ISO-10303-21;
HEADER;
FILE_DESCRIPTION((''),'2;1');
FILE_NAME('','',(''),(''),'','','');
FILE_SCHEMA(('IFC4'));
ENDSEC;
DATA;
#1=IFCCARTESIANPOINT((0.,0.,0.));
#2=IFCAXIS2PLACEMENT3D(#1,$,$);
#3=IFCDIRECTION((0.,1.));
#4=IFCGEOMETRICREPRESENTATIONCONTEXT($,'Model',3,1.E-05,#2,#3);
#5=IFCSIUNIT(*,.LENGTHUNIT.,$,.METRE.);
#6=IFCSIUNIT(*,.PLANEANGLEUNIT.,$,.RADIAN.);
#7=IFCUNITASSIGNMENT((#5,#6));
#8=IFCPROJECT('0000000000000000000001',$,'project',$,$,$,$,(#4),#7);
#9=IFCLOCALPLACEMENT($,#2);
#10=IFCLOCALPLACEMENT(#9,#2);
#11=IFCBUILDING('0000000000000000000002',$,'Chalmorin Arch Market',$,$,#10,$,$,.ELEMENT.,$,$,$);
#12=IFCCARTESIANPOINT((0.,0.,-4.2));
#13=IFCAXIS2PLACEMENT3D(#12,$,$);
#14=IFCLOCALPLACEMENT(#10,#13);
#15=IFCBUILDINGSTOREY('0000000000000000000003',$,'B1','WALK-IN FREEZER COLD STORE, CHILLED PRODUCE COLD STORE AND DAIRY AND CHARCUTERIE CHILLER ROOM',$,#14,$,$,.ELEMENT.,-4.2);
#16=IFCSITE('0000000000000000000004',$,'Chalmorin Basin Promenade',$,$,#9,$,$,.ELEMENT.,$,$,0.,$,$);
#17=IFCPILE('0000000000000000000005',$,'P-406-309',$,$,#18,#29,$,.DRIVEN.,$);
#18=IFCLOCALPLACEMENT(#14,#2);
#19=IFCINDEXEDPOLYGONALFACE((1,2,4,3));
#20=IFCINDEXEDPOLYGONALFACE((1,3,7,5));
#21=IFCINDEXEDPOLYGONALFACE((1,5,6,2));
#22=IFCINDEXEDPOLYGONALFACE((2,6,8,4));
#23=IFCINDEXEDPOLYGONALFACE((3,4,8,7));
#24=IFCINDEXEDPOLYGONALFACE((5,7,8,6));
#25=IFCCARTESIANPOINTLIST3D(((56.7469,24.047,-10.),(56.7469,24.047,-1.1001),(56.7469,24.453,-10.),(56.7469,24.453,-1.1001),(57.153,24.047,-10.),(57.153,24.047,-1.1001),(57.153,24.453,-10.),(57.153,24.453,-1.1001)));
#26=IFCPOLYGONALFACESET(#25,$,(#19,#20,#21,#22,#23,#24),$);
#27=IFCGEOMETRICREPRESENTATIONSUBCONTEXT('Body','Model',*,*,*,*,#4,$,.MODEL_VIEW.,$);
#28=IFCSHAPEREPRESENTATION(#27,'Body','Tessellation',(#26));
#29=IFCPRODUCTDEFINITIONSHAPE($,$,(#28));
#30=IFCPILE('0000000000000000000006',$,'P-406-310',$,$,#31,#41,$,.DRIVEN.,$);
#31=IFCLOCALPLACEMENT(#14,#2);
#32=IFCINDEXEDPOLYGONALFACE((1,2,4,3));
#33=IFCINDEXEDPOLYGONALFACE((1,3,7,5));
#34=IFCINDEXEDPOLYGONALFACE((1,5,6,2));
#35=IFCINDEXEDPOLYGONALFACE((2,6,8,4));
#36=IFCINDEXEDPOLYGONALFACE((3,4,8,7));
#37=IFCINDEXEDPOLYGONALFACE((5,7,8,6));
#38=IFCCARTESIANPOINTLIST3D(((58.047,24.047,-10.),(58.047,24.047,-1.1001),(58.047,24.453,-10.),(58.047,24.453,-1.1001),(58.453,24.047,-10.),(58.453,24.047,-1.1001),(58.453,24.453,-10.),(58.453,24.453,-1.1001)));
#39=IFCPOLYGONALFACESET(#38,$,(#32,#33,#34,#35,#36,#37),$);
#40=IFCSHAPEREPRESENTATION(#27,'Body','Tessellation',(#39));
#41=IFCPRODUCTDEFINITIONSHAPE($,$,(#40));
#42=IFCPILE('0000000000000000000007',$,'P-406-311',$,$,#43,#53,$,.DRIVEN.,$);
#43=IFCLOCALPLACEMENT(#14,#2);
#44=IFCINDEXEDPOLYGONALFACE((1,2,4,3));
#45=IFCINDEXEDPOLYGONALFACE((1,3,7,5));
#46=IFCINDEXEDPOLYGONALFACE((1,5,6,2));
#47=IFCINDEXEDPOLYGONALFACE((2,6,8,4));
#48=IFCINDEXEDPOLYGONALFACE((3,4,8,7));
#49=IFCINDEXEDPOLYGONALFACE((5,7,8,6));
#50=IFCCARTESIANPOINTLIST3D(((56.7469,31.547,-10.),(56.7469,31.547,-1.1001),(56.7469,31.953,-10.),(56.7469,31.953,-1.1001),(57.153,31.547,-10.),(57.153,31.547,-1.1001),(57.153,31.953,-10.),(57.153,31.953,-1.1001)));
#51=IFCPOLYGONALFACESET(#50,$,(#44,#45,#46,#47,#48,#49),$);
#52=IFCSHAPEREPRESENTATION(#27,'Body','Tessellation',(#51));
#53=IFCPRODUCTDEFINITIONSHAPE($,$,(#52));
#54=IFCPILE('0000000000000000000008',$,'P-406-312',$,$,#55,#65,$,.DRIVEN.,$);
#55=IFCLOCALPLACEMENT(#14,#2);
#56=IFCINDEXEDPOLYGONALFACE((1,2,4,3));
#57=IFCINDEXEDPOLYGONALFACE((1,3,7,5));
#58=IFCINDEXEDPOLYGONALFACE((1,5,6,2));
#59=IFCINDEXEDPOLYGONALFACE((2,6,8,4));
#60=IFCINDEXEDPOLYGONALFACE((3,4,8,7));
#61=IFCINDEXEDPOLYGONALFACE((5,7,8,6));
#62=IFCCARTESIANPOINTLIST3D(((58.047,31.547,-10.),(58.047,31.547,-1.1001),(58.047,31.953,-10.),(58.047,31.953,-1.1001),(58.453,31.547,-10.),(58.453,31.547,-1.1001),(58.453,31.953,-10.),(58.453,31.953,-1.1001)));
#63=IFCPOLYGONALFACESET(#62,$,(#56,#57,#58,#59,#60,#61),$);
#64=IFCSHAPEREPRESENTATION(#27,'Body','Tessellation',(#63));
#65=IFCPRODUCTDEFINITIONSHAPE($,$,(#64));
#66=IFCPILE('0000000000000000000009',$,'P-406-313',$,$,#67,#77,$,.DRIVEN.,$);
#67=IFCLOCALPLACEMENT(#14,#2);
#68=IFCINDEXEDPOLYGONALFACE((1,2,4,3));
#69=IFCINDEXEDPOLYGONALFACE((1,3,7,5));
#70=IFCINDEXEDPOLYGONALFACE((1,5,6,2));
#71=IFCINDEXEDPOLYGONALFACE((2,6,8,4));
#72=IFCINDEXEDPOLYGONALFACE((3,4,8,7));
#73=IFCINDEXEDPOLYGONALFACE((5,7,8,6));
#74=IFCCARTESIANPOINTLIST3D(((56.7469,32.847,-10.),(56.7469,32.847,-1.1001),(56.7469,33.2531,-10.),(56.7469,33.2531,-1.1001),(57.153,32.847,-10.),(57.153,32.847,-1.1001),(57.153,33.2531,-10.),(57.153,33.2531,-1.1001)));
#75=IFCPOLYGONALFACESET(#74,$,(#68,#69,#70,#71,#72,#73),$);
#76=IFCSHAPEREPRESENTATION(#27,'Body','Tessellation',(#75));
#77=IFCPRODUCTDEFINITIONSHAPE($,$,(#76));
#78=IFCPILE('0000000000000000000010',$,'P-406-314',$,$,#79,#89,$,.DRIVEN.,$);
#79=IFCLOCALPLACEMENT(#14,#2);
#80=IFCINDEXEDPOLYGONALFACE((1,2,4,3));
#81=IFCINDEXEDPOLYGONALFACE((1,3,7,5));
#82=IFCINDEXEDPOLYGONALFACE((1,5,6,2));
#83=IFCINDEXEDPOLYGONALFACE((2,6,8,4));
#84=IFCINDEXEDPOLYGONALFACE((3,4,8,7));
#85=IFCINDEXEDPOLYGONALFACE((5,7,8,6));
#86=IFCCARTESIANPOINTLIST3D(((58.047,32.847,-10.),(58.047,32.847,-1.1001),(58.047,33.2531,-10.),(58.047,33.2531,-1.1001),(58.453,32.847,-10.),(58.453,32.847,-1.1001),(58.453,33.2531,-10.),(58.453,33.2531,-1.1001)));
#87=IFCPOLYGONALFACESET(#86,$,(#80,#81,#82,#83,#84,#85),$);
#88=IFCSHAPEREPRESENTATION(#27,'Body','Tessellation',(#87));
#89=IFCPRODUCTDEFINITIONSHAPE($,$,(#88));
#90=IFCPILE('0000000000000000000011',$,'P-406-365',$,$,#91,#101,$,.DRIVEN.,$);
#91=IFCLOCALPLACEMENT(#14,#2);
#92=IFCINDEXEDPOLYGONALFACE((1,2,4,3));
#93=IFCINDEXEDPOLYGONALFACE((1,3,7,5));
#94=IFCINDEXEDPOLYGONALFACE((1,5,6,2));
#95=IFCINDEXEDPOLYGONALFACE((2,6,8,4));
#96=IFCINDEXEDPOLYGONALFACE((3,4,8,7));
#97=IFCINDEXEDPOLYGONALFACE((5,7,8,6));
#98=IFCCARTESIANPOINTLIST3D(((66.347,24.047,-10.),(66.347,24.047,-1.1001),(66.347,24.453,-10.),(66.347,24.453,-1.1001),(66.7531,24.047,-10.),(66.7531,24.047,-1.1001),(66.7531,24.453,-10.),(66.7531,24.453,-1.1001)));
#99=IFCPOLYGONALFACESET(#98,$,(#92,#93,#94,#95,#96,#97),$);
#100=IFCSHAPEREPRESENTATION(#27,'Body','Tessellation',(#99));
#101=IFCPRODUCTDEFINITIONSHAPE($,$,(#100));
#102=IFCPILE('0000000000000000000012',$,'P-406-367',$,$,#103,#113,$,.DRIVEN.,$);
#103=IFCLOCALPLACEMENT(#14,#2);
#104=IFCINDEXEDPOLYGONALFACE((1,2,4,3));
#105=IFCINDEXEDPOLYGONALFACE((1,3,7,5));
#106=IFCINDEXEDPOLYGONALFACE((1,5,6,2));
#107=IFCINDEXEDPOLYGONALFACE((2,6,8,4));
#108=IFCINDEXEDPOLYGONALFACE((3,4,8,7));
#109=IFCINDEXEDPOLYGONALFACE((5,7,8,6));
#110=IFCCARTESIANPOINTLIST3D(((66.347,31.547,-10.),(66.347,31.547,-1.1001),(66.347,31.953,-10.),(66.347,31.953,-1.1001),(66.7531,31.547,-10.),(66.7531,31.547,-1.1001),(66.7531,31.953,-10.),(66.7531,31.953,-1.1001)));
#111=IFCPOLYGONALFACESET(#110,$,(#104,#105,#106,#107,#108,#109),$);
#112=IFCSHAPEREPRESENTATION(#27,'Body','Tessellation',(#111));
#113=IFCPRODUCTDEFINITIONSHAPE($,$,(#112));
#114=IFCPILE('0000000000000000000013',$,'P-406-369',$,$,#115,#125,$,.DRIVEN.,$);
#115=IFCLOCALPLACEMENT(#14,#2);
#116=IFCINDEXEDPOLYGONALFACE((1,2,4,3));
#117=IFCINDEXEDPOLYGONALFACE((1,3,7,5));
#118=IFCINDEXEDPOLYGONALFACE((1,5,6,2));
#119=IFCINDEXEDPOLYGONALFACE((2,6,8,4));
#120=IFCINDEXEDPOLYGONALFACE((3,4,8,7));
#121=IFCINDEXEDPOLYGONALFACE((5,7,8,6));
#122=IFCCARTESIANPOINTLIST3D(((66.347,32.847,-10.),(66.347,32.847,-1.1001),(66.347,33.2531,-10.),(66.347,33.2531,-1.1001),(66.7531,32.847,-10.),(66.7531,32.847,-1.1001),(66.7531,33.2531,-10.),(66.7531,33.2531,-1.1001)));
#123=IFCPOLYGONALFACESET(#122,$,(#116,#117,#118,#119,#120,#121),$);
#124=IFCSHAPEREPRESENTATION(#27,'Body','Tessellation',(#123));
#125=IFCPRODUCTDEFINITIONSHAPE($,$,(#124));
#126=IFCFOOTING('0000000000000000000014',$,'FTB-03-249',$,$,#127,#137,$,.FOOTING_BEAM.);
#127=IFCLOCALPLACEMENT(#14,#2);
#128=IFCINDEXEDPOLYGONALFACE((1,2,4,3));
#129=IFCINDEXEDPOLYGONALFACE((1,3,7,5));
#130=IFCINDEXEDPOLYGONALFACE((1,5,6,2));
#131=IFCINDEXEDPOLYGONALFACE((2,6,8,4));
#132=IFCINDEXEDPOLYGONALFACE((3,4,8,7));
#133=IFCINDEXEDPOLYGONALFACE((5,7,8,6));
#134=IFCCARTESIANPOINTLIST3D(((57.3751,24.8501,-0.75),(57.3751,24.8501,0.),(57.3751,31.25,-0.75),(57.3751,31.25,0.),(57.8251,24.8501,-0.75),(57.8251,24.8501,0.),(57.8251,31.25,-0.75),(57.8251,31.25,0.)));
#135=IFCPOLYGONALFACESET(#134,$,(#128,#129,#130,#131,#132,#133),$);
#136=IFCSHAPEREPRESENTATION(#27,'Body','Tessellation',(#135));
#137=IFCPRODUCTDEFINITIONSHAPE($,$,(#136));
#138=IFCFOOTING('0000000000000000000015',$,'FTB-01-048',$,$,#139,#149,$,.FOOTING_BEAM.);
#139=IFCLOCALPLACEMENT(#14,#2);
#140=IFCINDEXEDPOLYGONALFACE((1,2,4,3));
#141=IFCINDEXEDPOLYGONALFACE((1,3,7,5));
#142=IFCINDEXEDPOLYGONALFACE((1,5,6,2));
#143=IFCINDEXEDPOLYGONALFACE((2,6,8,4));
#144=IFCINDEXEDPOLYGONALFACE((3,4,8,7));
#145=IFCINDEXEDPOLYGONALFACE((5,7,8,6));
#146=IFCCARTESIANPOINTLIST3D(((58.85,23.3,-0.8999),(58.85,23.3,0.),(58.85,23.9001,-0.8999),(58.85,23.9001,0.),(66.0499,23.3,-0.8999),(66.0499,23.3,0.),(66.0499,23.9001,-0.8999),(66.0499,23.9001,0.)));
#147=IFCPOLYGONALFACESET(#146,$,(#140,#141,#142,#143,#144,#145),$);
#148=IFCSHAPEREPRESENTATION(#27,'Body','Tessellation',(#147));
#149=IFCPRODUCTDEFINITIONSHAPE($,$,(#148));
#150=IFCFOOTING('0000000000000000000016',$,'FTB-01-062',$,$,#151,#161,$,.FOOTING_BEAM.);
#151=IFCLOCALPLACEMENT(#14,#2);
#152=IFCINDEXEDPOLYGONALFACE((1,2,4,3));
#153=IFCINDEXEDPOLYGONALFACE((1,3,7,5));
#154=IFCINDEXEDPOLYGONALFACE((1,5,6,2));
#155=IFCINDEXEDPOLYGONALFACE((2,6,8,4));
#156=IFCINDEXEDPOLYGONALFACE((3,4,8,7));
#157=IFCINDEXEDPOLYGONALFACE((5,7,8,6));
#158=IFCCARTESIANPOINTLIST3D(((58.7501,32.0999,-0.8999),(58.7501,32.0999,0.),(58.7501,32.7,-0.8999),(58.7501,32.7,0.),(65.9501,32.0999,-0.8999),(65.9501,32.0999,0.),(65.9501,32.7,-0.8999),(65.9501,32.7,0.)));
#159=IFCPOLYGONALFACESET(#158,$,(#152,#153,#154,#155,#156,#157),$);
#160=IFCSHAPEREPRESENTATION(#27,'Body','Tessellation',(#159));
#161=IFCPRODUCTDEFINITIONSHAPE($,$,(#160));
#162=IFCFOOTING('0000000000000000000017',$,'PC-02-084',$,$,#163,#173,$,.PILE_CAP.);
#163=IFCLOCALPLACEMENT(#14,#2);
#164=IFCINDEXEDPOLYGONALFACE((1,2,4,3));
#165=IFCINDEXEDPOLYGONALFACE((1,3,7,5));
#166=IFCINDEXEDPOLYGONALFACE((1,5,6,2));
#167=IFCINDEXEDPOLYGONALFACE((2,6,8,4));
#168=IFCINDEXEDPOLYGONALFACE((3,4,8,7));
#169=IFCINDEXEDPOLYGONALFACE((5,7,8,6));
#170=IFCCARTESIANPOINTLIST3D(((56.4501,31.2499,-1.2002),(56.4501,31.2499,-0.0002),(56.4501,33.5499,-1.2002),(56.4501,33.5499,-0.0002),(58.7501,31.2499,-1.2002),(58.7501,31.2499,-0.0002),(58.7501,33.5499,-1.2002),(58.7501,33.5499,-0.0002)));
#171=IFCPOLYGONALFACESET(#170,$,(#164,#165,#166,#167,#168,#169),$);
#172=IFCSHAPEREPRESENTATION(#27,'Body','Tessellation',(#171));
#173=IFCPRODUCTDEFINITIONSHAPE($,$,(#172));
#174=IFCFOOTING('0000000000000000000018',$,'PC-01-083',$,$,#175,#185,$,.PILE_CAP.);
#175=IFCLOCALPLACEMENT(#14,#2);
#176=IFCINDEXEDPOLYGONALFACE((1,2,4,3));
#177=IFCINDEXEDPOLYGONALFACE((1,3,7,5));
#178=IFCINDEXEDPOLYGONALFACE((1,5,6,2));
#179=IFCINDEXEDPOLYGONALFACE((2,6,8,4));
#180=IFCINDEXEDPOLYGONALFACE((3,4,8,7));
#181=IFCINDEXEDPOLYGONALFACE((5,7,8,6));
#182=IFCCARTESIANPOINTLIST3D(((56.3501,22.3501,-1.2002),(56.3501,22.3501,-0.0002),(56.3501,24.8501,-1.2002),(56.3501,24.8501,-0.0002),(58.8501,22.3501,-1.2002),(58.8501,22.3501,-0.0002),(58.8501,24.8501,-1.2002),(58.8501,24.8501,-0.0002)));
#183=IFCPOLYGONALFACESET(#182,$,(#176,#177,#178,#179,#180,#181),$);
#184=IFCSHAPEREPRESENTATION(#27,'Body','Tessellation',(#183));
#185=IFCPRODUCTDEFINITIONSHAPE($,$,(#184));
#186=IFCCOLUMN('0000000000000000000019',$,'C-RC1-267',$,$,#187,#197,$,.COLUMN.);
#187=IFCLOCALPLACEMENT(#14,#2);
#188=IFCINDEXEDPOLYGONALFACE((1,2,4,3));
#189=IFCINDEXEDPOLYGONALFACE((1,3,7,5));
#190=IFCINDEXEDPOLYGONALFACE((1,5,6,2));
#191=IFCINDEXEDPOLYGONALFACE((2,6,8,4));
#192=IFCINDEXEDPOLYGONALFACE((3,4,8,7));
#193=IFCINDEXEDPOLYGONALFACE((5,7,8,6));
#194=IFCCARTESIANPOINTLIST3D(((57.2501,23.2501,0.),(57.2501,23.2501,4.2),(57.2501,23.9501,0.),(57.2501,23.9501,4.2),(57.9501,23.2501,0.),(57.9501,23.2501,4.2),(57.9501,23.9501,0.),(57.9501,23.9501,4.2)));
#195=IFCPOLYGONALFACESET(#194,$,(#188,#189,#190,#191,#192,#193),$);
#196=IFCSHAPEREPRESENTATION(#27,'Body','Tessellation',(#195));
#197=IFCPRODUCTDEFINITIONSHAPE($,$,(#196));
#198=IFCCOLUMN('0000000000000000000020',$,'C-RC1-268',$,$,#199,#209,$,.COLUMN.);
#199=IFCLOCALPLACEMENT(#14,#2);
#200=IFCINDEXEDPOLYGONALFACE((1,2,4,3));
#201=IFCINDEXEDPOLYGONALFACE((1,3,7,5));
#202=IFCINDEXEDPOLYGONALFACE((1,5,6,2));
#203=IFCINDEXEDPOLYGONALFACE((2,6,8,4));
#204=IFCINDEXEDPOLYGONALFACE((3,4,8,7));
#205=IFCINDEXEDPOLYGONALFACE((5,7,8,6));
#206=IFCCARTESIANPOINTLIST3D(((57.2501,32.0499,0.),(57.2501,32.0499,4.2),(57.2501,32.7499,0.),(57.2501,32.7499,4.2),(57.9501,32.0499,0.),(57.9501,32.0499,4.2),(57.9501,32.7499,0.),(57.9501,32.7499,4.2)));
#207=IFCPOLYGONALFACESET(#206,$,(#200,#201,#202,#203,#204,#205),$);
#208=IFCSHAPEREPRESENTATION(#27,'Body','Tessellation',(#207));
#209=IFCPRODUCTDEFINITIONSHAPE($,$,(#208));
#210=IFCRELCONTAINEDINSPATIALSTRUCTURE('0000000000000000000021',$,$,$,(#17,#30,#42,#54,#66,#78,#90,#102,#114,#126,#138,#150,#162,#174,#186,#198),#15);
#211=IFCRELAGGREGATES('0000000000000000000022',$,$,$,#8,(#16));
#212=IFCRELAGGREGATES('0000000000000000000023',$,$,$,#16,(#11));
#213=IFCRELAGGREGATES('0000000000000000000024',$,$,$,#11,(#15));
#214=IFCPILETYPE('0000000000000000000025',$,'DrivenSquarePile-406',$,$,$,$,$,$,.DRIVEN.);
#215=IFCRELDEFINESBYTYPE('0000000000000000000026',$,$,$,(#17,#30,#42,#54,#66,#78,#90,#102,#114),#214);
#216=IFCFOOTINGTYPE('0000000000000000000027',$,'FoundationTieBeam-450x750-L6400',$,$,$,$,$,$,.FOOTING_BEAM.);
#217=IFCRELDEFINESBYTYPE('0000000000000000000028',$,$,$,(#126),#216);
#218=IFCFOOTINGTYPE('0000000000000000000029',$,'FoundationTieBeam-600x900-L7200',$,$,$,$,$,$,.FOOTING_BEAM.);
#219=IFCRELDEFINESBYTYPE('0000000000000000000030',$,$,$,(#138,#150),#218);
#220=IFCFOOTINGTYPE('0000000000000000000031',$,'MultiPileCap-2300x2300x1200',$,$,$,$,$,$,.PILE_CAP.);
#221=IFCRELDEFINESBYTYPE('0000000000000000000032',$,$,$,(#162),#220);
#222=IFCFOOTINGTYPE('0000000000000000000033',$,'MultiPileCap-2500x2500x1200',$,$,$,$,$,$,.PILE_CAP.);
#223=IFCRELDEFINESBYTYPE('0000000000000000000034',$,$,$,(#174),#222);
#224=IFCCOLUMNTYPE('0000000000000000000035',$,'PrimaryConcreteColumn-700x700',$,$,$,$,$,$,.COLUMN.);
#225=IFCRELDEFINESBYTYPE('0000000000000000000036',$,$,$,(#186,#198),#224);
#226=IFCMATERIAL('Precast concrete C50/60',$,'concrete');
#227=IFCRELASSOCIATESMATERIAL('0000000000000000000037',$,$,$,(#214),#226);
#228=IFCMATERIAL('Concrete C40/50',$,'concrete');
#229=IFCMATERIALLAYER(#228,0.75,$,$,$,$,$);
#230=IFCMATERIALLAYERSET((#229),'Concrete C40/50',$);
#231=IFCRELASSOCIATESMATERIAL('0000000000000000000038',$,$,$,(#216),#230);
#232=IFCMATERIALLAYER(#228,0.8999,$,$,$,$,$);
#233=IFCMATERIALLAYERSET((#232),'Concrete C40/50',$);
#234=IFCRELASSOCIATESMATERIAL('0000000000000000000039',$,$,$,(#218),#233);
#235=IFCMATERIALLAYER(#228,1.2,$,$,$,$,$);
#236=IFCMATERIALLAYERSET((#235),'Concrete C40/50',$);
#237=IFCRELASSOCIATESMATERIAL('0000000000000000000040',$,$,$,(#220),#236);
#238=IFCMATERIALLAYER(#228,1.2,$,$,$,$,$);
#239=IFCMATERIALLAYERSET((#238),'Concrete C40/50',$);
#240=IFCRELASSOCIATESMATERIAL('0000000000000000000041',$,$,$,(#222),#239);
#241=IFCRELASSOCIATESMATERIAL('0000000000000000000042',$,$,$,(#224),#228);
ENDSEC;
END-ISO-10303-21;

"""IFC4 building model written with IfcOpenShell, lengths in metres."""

from ifc_helpers import new_model, si_unit, direction, frame, origin, origin_2d, place, context, subcontext, project, spatial, rectangle, extrude, material, layer, layer_set, material_profile, profile_set, type_object, element, save


model = new_model("IFC4")

# Units and contexts
model_context = context("Model", 3, precision=1e-05, world=origin(), true_north=direction((0.0, 1.0)))
body_context = subcontext(model_context, "Body", "Model", "MODEL_VIEW")
ifc_project = project(units=[si_unit("LENGTHUNIT", "METRE"), si_unit("PLANEANGLEUNIT", "RADIAN")], contexts=[model_context])

# Site, building, storey
site_placement = place(None, origin())
site = spatial("IfcSite", under=ifc_project, at=site_placement, Name="Chalmorin Basin Promenade", CompositionType="ELEMENT", RefElevation=0.0)
building_placement = place(site_placement, origin())
building = spatial("IfcBuilding", under=site, at=building_placement, Name="Chalmorin Arch Market", CompositionType="ELEMENT")
storey_placement = place(building_placement, frame((0.0, 0.0, -4.2)))
storey = spatial("IfcBuildingStorey", under=building, at=storey_placement, Name="B1", Description="WALK-IN FREEZER COLD STORE, CHILLED PRODUCE COLD STORE AND DAIRY AND CHARCUTERIE CHILLER ROOM", CompositionType="ELEMENT", Elevation=-4.2)

# Piles
ifc_material_1 = material(Name="Precast concrete C50/60", Category="concrete")
ifc_material_profile_1 = material_profile(ifc_material_1, rectangle(XDim=0.406, YDim=0.406, at=origin_2d()), Name="PPC406")
ifc_profile_set_1 = profile_set([ifc_material_profile_1], Name="Precast concrete C50/60")
pile_type = type_object("IfcPileType", Name="DrivenSquarePile-406", PredefinedType="DRIVEN", material=ifc_profile_set_1)
for number, where, z_axis, x_axis, name in (
    (1, (56.95, 24.25, -1.1001), (0.0, 0.0, -1.0), (1.0, 0.0, 0.0), "P-406-309"),
    (2, (58.25, 24.25, -1.1001), (0.0, 0.0, -1.0), (1.0, 0.0, 0.0), "P-406-310"),
    (3, (56.95, 31.75, -1.1001), (0.0, 0.0, -1.0), (1.0, 0.0, 0.0), "P-406-311"),
    (4, (58.25, 31.75, -1.1001), (0.0, 0.0, -1.0), (1.0, 0.0, 0.0), "P-406-312"),
    (5, (56.95, 33.05, -1.1001), (0.0, 0.0, -1.0), (1.0, 0.0, 0.0), "P-406-313"),
    (6, (58.25, 33.05, -1.1001), (0.0, 0.0, -1.0), (1.0, 0.0, 0.0), "P-406-314"),
    (7, (66.55, 24.25, -1.1001), (0.0, 0.0, -1.0), (1.0, 0.0, 0.0), "P-406-365"),
    (8, (66.55, 31.75, -1.1001), (0.0, 0.0, -1.0), (1.0, 0.0, 0.0), "P-406-367"),
    (9, (66.55, 33.05, -1.1001), (0.0, 0.0, -1.0), (1.0, 0.0, 0.0), "P-406-369"),
):
    element("IfcPile", number, at=place(storey_placement, frame(where, z_axis=z_axis, x_axis=x_axis)), inside=storey, type_object=pile_type, Name=name, PredefinedType="DRIVEN", context=body_context, shape_type="SweptSolid", body=[
        extrude(rectangle(XDim=0.406, YDim=0.406, at=origin_2d()), origin(), (0.0, 0.0, 1.0), 8.8999),
    ])

# Footings
ifc_material_2 = material(Name="Concrete C40/50", Category="concrete")
ifc_layer_1 = layer(ifc_material_2, 0.75)
ifc_layer_set_1 = layer_set([ifc_layer_1], Name="Concrete C40/50")
footing_type_1 = type_object("IfcFootingType", Name="FoundationTieBeam-450x750-L6400", PredefinedType="FOOTING_BEAM", material=ifc_layer_set_1)
footing_1_placement = place(storey_placement, frame((57.6001, 28.05, -0.75), z_axis=(0.0, 0.0, 1.0), x_axis=(0.0, 1.0, 0.0)))
element("IfcFooting", 10, at=footing_1_placement, inside=storey, type_object=footing_type_1, Name="FTB-03-249", PredefinedType="FOOTING_BEAM", context=body_context, shape_type="SweptSolid", body=[
    extrude(rectangle(XDim=6.3999, YDim=0.45, at=origin_2d()), origin(), (0.0, 0.0, 1.0), 0.75),
])
ifc_layer_2 = layer(ifc_material_2, 0.8999)
ifc_layer_set_2 = layer_set([ifc_layer_2], Name="Concrete C40/50")
footing_type_2 = type_object("IfcFootingType", Name="FoundationTieBeam-600x900-L7200", PredefinedType="FOOTING_BEAM", material=ifc_layer_set_2)
for number, where, z_axis, x_axis, name in (
    (11, (62.45, 23.6001, -0.8999), (0.0, 0.0, 1.0), (1.0, 0.0, 0.0), "FTB-01-048"),
    (12, (62.3501, 32.3999, -0.8999), (0.0, 0.0, 1.0), (1.0, 0.0, 0.0), "FTB-01-062"),
):
    element("IfcFooting", number, at=place(storey_placement, frame(where, z_axis=z_axis, x_axis=x_axis)), inside=storey, type_object=footing_type_2, Name=name, PredefinedType="FOOTING_BEAM", context=body_context, shape_type="SweptSolid", body=[
        extrude(rectangle(XDim=7.2, YDim=0.6001, at=origin_2d()), origin(), (0.0, 0.0, 1.0), 0.8999),
    ])
ifc_layer_3 = layer(ifc_material_2, 1.2)
ifc_layer_set_3 = layer_set([ifc_layer_3], Name="Concrete C40/50")
footing_type_3 = type_object("IfcFootingType", Name="MultiPileCap-2300x2300x1200", PredefinedType="PILE_CAP", material=ifc_layer_set_3)
footing_2_placement = place(storey_placement, frame((57.6001, 32.3999, -1.2002), z_axis=(0.0, 0.0, 1.0), x_axis=(1.0, 0.0, 0.0)))
element("IfcFooting", 13, at=footing_2_placement, inside=storey, type_object=footing_type_3, Name="PC-02-084", PredefinedType="PILE_CAP", context=body_context, shape_type="SweptSolid", body=[
    extrude(rectangle(XDim=2.3, YDim=2.3, at=origin_2d()), origin(), (0.0, 0.0, 1.0), 1.2),
])
ifc_layer_4 = layer(ifc_material_2, 1.2)
ifc_layer_set_4 = layer_set([ifc_layer_4], Name="Concrete C40/50")
footing_type_4 = type_object("IfcFootingType", Name="MultiPileCap-2500x2500x1200", PredefinedType="PILE_CAP", material=ifc_layer_set_4)
footing_3_placement = place(storey_placement, frame((57.6001, 23.6001, -1.2002), z_axis=(0.0, 0.0, 1.0), x_axis=(1.0, 0.0, 0.0)))
element("IfcFooting", 14, at=footing_3_placement, inside=storey, type_object=footing_type_4, Name="PC-01-083", PredefinedType="PILE_CAP", context=body_context, shape_type="SweptSolid", body=[
    extrude(rectangle(XDim=2.5, YDim=2.5, at=origin_2d()), origin(), (0.0, 0.0, 1.0), 1.2),
])

# Columns
ifc_material_profile_2 = material_profile(ifc_material_2, rectangle(XDim=0.7, YDim=0.7, at=origin_2d()), Name="RC700X700")
ifc_profile_set_2 = profile_set([ifc_material_profile_2], Name="Concrete C40/50")
column_type = type_object("IfcColumnType", Name="PrimaryConcreteColumn-700x700", PredefinedType="COLUMN", material=ifc_profile_set_2)
for number, where, z_axis, x_axis, name in (
    (15, (57.6001, 23.6001, 0.0), (0.0, 0.0, 1.0), (1.0, 0.0, 0.0), "C-RC1-267"),
    (16, (57.6001, 32.3999, 0.0), (0.0, 0.0, 1.0), (1.0, 0.0, 0.0), "C-RC1-268"),
):
    element("IfcColumn", number, at=place(storey_placement, frame(where, z_axis=z_axis, x_axis=x_axis)), inside=storey, type_object=column_type, Name=name, PredefinedType="COLUMN", context=body_context, shape_type="SweptSolid", body=[
        extrude(rectangle(XDim=0.7, YDim=0.7, at=origin_2d()), origin(), (0.0, 0.0, 1.0), 4.2),
    ])

save(model, "model.ifc")
